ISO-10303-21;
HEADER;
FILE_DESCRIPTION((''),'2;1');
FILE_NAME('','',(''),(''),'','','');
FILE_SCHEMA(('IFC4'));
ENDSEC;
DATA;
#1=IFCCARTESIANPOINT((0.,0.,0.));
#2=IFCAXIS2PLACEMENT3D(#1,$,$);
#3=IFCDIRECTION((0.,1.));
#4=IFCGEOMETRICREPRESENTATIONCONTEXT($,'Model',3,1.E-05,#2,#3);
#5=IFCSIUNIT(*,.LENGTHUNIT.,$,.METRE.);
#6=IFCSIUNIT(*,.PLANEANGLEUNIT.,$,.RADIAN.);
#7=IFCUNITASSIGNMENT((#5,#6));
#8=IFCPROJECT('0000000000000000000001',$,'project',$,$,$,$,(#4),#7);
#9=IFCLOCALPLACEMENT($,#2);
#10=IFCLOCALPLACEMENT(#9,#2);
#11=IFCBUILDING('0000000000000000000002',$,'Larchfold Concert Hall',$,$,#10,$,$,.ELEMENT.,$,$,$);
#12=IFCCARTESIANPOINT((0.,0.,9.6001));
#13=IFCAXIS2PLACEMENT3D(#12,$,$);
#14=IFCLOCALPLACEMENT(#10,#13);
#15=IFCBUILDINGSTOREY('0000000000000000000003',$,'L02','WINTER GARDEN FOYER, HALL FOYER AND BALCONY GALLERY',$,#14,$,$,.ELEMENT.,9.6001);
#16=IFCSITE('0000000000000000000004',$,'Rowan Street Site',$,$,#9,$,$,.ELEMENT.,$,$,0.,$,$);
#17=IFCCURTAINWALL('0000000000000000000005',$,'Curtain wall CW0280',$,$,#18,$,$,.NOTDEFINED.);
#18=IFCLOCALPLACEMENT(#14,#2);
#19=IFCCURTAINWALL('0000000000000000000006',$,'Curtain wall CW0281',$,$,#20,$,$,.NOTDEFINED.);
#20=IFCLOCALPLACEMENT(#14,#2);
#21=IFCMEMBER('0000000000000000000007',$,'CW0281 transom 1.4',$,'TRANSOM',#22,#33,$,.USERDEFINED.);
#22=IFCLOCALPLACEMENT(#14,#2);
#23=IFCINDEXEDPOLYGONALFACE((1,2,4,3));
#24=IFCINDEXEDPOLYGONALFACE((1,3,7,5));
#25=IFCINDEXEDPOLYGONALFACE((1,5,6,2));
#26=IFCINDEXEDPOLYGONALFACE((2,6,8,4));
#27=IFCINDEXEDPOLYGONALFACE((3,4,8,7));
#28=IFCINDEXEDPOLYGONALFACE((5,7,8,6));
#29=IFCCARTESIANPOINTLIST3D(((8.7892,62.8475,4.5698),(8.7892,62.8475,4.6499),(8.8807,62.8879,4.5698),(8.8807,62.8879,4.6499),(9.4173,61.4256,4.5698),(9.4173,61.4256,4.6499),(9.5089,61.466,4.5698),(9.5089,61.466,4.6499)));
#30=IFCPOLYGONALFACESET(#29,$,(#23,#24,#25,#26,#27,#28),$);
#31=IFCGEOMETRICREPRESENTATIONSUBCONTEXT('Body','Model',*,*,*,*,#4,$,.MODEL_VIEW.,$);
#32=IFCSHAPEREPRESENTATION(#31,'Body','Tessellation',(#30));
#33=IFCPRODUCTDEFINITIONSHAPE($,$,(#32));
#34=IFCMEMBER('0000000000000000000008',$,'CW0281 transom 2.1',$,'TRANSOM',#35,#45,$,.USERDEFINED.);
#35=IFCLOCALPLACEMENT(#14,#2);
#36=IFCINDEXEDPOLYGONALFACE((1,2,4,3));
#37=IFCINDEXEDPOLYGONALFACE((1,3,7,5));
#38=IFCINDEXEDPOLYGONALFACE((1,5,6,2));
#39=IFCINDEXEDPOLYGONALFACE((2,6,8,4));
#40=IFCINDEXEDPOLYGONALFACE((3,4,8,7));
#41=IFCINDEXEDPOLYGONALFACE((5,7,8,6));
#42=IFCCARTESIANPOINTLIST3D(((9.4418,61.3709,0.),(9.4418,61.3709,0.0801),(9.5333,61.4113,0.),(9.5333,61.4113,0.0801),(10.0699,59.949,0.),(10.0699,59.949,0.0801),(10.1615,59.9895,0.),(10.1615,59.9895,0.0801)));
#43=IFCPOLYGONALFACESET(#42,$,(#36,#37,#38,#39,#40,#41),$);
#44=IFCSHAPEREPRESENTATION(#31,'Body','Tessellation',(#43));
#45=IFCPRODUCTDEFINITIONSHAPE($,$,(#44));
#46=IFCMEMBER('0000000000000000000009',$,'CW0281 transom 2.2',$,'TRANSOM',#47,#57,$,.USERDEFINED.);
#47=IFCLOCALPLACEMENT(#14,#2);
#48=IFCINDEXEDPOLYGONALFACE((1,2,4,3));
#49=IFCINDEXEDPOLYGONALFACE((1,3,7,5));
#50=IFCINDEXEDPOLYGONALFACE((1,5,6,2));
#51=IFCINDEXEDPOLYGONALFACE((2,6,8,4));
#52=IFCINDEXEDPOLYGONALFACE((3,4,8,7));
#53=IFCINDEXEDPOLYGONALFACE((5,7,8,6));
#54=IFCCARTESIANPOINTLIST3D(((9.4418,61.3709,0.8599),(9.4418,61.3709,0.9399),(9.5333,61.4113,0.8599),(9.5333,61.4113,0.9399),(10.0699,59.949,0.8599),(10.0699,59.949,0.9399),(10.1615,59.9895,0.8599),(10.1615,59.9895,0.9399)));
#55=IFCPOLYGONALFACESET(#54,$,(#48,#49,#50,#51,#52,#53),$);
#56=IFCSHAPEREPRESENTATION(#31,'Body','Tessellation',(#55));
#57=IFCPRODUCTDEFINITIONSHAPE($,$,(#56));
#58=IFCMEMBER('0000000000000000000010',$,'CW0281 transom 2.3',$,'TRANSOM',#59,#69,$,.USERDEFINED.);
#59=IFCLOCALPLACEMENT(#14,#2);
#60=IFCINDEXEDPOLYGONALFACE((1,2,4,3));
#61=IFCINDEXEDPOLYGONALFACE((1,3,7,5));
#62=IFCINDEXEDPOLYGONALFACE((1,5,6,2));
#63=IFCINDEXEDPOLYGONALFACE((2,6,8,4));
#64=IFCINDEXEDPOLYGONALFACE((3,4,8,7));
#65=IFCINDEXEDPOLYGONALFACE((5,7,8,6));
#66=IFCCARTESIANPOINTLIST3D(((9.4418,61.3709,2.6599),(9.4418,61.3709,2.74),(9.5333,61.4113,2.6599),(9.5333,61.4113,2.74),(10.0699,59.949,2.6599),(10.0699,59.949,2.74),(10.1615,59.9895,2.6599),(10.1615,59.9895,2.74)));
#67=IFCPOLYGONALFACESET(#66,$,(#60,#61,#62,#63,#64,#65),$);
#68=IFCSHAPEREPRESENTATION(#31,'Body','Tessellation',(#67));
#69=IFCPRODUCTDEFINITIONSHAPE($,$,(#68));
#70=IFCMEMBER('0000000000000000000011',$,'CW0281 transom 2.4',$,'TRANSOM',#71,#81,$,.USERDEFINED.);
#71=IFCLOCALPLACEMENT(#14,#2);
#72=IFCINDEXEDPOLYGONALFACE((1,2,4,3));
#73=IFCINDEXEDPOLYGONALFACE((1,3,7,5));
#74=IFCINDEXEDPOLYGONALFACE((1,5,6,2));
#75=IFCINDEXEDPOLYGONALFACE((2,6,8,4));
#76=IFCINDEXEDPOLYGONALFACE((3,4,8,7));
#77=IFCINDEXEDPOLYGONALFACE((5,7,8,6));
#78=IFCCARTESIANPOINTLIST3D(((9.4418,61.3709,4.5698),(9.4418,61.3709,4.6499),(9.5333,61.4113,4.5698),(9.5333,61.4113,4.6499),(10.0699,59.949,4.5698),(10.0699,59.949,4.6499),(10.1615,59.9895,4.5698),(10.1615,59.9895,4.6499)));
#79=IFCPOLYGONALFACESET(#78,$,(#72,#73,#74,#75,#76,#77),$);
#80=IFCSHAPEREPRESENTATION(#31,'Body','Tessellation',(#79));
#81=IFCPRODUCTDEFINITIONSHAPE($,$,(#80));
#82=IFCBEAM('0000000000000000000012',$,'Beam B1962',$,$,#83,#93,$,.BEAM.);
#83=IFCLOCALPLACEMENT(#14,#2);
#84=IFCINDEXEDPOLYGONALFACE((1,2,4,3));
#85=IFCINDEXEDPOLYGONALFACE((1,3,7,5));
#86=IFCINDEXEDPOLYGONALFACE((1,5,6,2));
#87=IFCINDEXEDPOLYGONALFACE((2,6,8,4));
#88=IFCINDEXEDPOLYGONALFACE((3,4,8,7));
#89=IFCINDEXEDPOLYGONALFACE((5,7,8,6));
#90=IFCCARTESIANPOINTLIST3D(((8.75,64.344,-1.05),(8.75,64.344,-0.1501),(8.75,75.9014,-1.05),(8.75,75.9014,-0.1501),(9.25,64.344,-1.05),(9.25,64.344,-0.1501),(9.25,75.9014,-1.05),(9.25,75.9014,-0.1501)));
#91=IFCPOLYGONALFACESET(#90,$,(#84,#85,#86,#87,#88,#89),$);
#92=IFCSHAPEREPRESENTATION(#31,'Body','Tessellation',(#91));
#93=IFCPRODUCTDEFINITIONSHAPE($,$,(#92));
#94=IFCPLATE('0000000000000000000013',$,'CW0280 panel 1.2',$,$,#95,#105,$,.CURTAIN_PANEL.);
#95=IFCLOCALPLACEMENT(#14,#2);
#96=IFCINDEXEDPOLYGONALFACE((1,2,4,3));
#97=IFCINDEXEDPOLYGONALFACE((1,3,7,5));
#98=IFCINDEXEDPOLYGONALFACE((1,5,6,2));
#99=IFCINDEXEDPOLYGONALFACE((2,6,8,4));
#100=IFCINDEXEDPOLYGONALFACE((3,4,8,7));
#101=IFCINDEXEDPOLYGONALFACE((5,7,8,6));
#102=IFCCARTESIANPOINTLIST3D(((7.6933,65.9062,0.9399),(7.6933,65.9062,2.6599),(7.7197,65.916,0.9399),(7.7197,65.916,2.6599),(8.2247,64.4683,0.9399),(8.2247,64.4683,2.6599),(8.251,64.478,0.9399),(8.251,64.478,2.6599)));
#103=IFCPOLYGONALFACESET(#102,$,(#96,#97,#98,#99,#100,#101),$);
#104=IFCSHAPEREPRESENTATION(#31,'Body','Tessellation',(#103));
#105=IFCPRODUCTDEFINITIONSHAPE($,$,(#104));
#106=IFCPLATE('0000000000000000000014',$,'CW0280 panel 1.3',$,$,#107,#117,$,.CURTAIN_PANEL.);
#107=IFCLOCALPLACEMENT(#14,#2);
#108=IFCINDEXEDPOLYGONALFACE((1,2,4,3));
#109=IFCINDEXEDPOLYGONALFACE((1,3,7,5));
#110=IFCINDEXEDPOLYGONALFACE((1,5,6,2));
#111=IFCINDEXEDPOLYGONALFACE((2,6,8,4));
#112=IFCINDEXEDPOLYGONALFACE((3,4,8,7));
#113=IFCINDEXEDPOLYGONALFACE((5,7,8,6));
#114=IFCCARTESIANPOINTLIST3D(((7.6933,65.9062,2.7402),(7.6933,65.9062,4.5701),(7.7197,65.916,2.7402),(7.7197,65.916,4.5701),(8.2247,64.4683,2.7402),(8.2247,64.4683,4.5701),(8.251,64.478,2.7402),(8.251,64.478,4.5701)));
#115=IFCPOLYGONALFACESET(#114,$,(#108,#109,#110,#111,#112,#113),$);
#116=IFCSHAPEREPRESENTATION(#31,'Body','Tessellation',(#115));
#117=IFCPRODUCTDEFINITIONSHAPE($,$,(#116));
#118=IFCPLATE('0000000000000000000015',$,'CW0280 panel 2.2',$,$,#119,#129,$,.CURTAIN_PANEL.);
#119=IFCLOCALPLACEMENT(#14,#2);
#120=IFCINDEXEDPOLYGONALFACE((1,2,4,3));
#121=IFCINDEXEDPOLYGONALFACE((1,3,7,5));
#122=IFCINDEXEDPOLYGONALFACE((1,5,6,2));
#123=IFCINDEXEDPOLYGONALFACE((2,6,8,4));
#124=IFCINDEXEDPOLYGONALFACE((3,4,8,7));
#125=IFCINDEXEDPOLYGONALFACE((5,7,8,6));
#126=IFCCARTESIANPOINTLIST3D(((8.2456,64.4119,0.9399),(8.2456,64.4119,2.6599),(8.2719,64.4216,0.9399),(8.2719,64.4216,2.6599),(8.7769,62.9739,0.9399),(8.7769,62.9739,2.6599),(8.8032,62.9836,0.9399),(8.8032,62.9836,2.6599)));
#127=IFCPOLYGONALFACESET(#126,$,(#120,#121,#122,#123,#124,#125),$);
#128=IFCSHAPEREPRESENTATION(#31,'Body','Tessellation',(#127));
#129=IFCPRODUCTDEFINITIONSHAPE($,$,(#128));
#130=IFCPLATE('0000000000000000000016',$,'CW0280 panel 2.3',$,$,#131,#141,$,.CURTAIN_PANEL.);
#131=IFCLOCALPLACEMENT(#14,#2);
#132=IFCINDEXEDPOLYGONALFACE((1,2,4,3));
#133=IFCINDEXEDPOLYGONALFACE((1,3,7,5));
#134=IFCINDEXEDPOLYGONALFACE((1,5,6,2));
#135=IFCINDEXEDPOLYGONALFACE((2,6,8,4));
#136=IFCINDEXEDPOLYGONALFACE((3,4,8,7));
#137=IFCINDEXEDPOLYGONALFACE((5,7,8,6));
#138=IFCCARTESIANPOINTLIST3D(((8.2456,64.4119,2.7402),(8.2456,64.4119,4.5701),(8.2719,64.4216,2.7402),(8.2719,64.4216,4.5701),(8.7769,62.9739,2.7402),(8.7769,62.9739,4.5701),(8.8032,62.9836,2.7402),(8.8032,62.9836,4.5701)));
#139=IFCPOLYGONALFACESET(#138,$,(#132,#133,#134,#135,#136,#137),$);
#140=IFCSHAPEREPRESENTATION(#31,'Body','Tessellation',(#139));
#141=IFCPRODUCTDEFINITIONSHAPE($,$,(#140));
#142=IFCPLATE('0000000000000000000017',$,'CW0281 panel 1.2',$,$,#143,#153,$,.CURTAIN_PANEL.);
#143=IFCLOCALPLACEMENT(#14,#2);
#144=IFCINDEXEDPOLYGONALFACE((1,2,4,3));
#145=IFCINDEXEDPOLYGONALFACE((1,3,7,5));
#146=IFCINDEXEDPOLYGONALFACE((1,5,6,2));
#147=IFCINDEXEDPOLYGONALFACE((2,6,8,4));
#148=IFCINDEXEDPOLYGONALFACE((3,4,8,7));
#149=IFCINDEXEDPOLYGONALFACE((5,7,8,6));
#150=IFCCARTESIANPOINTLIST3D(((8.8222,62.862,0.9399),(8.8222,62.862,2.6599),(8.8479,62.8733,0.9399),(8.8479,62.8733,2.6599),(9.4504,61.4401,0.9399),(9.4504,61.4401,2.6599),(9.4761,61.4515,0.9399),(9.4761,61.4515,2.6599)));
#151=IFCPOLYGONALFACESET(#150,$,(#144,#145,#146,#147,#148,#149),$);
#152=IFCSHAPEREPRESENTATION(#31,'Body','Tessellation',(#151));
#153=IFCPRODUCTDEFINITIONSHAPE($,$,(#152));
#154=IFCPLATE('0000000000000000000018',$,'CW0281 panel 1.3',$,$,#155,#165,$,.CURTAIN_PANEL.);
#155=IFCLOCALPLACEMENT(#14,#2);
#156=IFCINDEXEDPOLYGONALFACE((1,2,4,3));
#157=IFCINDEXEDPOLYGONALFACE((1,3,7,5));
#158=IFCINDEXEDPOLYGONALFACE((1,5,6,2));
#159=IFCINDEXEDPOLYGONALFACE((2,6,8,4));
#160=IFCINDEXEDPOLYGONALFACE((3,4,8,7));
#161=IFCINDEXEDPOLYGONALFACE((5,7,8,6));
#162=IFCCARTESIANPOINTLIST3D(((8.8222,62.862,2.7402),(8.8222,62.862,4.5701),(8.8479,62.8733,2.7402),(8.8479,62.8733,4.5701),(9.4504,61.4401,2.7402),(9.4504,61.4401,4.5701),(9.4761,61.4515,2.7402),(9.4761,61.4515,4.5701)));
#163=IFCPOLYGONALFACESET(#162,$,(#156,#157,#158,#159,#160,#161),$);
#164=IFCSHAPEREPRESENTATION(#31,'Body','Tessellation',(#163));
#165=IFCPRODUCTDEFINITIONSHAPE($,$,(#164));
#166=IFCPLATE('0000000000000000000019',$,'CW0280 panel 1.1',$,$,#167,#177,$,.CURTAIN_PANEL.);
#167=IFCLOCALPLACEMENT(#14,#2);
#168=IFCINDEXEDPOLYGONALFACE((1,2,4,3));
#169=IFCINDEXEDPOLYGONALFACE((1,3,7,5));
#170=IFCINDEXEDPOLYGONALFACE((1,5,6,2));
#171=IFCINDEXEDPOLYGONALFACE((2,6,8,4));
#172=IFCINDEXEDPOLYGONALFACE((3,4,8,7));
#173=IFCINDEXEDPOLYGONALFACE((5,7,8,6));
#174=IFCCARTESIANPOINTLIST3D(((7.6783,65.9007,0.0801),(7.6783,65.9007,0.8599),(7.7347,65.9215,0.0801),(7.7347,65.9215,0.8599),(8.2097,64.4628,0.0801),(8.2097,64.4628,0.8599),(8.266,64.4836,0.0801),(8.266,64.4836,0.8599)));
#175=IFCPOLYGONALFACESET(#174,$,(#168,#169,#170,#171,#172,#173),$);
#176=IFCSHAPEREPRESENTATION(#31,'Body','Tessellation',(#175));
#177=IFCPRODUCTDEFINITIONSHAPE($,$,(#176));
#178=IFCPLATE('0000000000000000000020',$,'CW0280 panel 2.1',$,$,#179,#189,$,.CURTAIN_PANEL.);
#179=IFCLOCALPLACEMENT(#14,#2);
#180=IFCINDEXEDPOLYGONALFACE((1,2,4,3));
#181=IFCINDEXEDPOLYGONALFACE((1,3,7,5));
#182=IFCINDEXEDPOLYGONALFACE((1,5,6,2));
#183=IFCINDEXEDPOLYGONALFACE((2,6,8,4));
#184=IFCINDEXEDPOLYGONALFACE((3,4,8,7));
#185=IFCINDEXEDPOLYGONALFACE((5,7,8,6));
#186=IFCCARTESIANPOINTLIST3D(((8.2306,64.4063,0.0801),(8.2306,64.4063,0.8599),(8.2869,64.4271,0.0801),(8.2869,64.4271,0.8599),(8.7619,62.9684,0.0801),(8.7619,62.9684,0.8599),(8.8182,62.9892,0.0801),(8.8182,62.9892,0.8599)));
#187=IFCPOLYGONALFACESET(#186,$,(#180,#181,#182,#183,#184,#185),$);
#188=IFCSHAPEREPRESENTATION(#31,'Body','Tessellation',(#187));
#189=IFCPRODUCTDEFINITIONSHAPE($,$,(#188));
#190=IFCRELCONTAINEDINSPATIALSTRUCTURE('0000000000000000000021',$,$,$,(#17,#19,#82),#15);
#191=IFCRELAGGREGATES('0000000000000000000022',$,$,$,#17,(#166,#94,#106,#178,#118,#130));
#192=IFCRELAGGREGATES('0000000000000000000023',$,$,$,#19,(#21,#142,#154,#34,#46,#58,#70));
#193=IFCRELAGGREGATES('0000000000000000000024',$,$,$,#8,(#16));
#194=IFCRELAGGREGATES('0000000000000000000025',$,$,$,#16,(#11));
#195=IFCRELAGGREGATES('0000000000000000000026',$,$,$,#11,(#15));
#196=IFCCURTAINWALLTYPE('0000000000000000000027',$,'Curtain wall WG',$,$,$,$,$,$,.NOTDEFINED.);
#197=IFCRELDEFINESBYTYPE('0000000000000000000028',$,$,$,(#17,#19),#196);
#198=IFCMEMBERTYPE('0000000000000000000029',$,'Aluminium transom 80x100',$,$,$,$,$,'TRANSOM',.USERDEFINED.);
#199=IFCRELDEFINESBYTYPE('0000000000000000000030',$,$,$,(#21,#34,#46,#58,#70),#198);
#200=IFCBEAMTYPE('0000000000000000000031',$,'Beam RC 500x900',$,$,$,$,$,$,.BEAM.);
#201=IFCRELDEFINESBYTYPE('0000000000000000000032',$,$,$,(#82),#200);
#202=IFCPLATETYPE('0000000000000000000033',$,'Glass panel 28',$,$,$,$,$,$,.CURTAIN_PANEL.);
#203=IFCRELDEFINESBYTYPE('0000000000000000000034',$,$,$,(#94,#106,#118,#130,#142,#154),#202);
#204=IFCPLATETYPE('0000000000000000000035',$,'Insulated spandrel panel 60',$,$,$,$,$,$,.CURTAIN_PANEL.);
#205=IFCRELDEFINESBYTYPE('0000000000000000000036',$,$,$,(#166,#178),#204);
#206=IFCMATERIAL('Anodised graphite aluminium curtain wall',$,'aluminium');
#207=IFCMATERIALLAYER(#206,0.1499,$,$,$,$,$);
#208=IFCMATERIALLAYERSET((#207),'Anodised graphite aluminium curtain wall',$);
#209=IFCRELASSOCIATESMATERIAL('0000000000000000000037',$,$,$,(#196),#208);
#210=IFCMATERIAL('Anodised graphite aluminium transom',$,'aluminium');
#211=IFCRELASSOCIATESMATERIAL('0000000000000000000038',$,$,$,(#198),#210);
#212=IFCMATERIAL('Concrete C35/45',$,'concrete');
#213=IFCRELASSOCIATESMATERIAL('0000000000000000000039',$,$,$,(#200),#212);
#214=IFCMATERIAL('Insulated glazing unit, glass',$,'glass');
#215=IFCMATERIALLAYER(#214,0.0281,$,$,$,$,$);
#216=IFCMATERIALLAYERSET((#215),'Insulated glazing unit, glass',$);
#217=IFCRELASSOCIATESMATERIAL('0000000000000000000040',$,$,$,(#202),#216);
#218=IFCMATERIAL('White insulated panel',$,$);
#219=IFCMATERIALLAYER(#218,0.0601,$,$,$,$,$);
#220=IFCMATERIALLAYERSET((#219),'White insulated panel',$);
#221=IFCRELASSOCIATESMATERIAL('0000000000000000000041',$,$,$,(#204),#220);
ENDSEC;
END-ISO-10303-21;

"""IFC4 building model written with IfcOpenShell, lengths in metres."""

from ifc_helpers import new_model, si_unit, direction, frame, origin, origin_2d, place, context, subcontext, project, spatial, rectangle, extrude, material, layer, layer_set, material_profile, profile_set, type_object, element, aggregate, save


model = new_model("IFC4")

# Units and contexts
model_context = context("Model", 3, precision=1e-05, world=origin(), true_north=direction((0.0, 1.0)))
body_context = subcontext(model_context, "Body", "Model", "MODEL_VIEW")
ifc_project = project(units=[si_unit("LENGTHUNIT", "METRE"), si_unit("PLANEANGLEUNIT", "RADIAN")], contexts=[model_context])

# Site, building, storey
site_placement = place(None, origin())
site = spatial("IfcSite", under=ifc_project, at=site_placement, Name="Rowan Street Site", CompositionType="ELEMENT", RefElevation=0.0)
building_placement = place(site_placement, origin())
building = spatial("IfcBuilding", under=site, at=building_placement, Name="Larchfold Concert Hall", CompositionType="ELEMENT")
storey_placement = place(building_placement, frame((0.0, 0.0, 9.6001)))
storey = spatial("IfcBuildingStorey", under=building, at=storey_placement, Name="L02", Description="WINTER GARDEN FOYER, HALL FOYER AND BALCONY GALLERY", CompositionType="ELEMENT", Elevation=9.6001)

# Curtain walls
ifc_material_1 = material(Name="Anodised graphite aluminium curtain wall", Category="aluminium")
ifc_layer_1 = layer(ifc_material_1, 0.1499)
ifc_layer_set_1 = layer_set([ifc_layer_1], Name="Anodised graphite aluminium curtain wall")
curtain_wall_type = type_object("IfcCurtainWallType", Name="Curtain wall WG", PredefinedType="NOTDEFINED", material=ifc_layer_set_1)
curtain_wall_1_placement = place(storey_placement, origin())
curtain_wall_1 = element("IfcCurtainWall", 1, at=curtain_wall_1_placement, inside=storey, type_object=curtain_wall_type, Name="Curtain wall CW0280", PredefinedType="NOTDEFINED")
curtain_wall_2_placement = place(storey_placement, origin())
curtain_wall_2 = element("IfcCurtainWall", 2, at=curtain_wall_2_placement, inside=storey, type_object=curtain_wall_type, Name="Curtain wall CW0281", PredefinedType="NOTDEFINED")
ifc_material_2 = material(Name="Anodised graphite aluminium transom", Category="aluminium")
ifc_material_profile_1 = material_profile(ifc_material_2, rectangle(XDim=0.1001, YDim=0.0801, at=origin_2d()))
ifc_profile_set_1 = profile_set([ifc_material_profile_1], Name="Anodised graphite aluminium transom")
member_type_1 = type_object("IfcMemberType", Name="Aluminium transom 80x100", ElementType="TRANSOM", PredefinedType="USERDEFINED", material=ifc_profile_set_1)

# Members
member_1_placement = place(storey_placement, frame((8.835, 62.8677, 4.6099), z_axis=(0.404112, -0.91471, 0.0), x_axis=(0.91471, 0.404112, 0.0)))
member_1 = element("IfcMember", 3, at=member_1_placement, type_object=member_type_1, Name="CW0281 transom 1.4", ObjectType="TRANSOM", PredefinedType="USERDEFINED", context=body_context, shape_type="SweptSolid", body=[
    extrude(rectangle(XDim=0.1001, YDim=0.0801, at=origin_2d()), origin(), (0.0, 0.0, 1.0), 1.5544),
])
member_2_placement = place(storey_placement, frame((9.4875, 61.3911, 0.04), z_axis=(0.404112, -0.91471, 0.0), x_axis=(0.91471, 0.404112, 0.0)))
member_2 = element("IfcMember", 4, at=member_2_placement, type_object=member_type_1, Name="CW0281 transom 2.1", ObjectType="TRANSOM", PredefinedType="USERDEFINED", context=body_context, shape_type="SweptSolid", body=[
    extrude(rectangle(XDim=0.1001, YDim=0.0801, at=origin_2d()), origin(), (0.0, 0.0, 1.0), 1.5544),
])
member_3_placement = place(storey_placement, frame((9.4875, 61.3911, 0.8999), z_axis=(0.404112, -0.91471, 0.0), x_axis=(0.91471, 0.404112, 0.0)))
member_3 = element("IfcMember", 5, at=member_3_placement, type_object=member_type_1, Name="CW0281 transom 2.2", ObjectType="TRANSOM", PredefinedType="USERDEFINED", context=body_context, shape_type="SweptSolid", body=[
    extrude(rectangle(XDim=0.1001, YDim=0.0801, at=origin_2d()), origin(), (0.0, 0.0, 1.0), 1.5544),
])
member_4_placement = place(storey_placement, frame((9.4875, 61.3911, 2.7), z_axis=(0.404112, -0.91471, 0.0), x_axis=(0.91471, 0.404112, 0.0)))
member_4 = element("IfcMember", 6, at=member_4_placement, type_object=member_type_1, Name="CW0281 transom 2.3", ObjectType="TRANSOM", PredefinedType="USERDEFINED", context=body_context, shape_type="SweptSolid", body=[
    extrude(rectangle(XDim=0.1001, YDim=0.0801, at=origin_2d()), origin(), (0.0, 0.0, 1.0), 1.5544),
])
member_5_placement = place(storey_placement, frame((9.4875, 61.3911, 4.6099), z_axis=(0.404112, -0.91471, 0.0), x_axis=(0.91471, 0.404112, 0.0)))
member_5 = element("IfcMember", 7, at=member_5_placement, type_object=member_type_1, Name="CW0281 transom 2.4", ObjectType="TRANSOM", PredefinedType="USERDEFINED", context=body_context, shape_type="SweptSolid", body=[
    extrude(rectangle(XDim=0.1001, YDim=0.0801, at=origin_2d()), origin(), (0.0, 0.0, 1.0), 1.5544),
])

# Beam
ifc_material_3 = material(Name="Concrete C35/45", Category="concrete")
ifc_material_profile_2 = material_profile(ifc_material_3, rectangle(XDim=0.5, YDim=0.8999, at=origin_2d()))
ifc_profile_set_2 = profile_set([ifc_material_profile_2], Name="Concrete C35/45")
beam_type = type_object("IfcBeamType", Name="Beam RC 500x900", PredefinedType="BEAM", material=ifc_profile_set_2)
beam_placement = place(storey_placement, frame((9.0, 64.344, -0.6001), z_axis=(0.0, 1.0, 0.0), x_axis=(-1.0, 0.0, 0.0)))
element("IfcBeam", 8, at=beam_placement, inside=storey, type_object=beam_type, Name="Beam B1962", PredefinedType="BEAM", context=body_context, shape_type="SweptSolid", body=[
    extrude(rectangle(XDim=0.5, YDim=0.8999, at=origin_2d()), origin(), (0.0, 0.0, 1.0), 11.5574),
])

# Plates
ifc_material_4 = material(Name="Insulated glazing unit, glass", Category="glass")
ifc_layer_2 = layer(ifc_material_4, 0.0281)
ifc_layer_set_2 = layer_set([ifc_layer_2], Name="Insulated glazing unit, glass")
plate_type_1 = type_object("IfcPlateType", Name="Glass panel 28", PredefinedType="CURTAIN_PANEL", material=ifc_layer_set_2)
plate_1_placement = place(storey_placement, frame((7.9722, 65.1921, 0.9399), z_axis=(0.0, 0.0, 1.0), x_axis=(0.346594, -0.938015, 0.0)))
plate_1 = element("IfcPlate", 9, at=plate_1_placement, type_object=plate_type_1, Name="CW0280 panel 1.2", PredefinedType="CURTAIN_PANEL", context=body_context, shape_type="SweptSolid", body=[
    extrude(rectangle(XDim=1.533, YDim=0.0281, at=origin_2d()), origin(), (0.0, 0.0, 1.0), 1.72),
])
plate_2_placement = place(storey_placement, frame((7.9722, 65.1921, 2.7402), z_axis=(0.0, 0.0, 1.0), x_axis=(0.346594, -0.938015, 0.0)))
plate_2 = element("IfcPlate", 10, at=plate_2_placement, type_object=plate_type_1, Name="CW0280 panel 1.3", PredefinedType="CURTAIN_PANEL", context=body_context, shape_type="SweptSolid", body=[
    extrude(rectangle(XDim=1.533, YDim=0.0281, at=origin_2d()), origin(), (0.0, 0.0, 1.0), 1.8298),
])
plate_3_placement = place(storey_placement, frame((8.5244, 63.6978, 0.9399), z_axis=(0.0, 0.0, 1.0), x_axis=(0.346594, -0.938015, 0.0)))
plate_3 = element("IfcPlate", 11, at=plate_3_placement, type_object=plate_type_1, Name="CW0280 panel 2.2", PredefinedType="CURTAIN_PANEL", context=body_context, shape_type="SweptSolid", body=[
    extrude(rectangle(XDim=1.533, YDim=0.0281, at=origin_2d()), origin(), (0.0, 0.0, 1.0), 1.72),
])
plate_4_placement = place(storey_placement, frame((8.5244, 63.6978, 2.7402), z_axis=(0.0, 0.0, 1.0), x_axis=(0.346594, -0.938015, 0.0)))
plate_4 = element("IfcPlate", 12, at=plate_4_placement, type_object=plate_type_1, Name="CW0280 panel 2.3", PredefinedType="CURTAIN_PANEL", context=body_context, shape_type="SweptSolid", body=[
    extrude(rectangle(XDim=1.533, YDim=0.0281, at=origin_2d()), origin(), (0.0, 0.0, 1.0), 1.8298),
])
plate_5_placement = place(storey_placement, frame((9.1492, 62.1567, 0.9399), z_axis=(0.0, 0.0, 1.0), x_axis=(0.404126, -0.914703, 0.0)))
plate_5 = element("IfcPlate", 13, at=plate_5_placement, type_object=plate_type_1, Name="CW0281 panel 1.2", PredefinedType="CURTAIN_PANEL", context=body_context, shape_type="SweptSolid", body=[
    extrude(rectangle(XDim=1.5544, YDim=0.0281, at=origin_2d()), origin(), (0.0, 0.0, 1.0), 1.72),
])
plate_6_placement = place(storey_placement, frame((9.1492, 62.1567, 2.7402), z_axis=(0.0, 0.0, 1.0), x_axis=(0.404126, -0.914703, 0.0)))
plate_6 = element("IfcPlate", 14, at=plate_6_placement, type_object=plate_type_1, Name="CW0281 panel 1.3", PredefinedType="CURTAIN_PANEL", context=body_context, shape_type="SweptSolid", body=[
    extrude(rectangle(XDim=1.5544, YDim=0.0281, at=origin_2d()), origin(), (0.0, 0.0, 1.0), 1.8298),
])
ifc_material_5 = material(Name="White insulated panel")
ifc_layer_3 = layer(ifc_material_5, 0.0601)
ifc_layer_set_3 = layer_set([ifc_layer_3], Name="White insulated panel")
plate_type_2 = type_object("IfcPlateType", Name="Insulated spandrel panel 60", PredefinedType="CURTAIN_PANEL", material=ifc_layer_set_3)
plate_7_placement = place(storey_placement, frame((7.9722, 65.1921, 0.0801), z_axis=(0.0, 0.0, 1.0), x_axis=(0.346594, -0.938015, 0.0)))
plate_7 = element("IfcPlate", 15, at=plate_7_placement, type_object=plate_type_2, Name="CW0280 panel 1.1", PredefinedType="CURTAIN_PANEL", context=body_context, shape_type="SweptSolid", body=[
    extrude(rectangle(XDim=1.533, YDim=0.0601, at=origin_2d()), origin(), (0.0, 0.0, 1.0), 0.7798),
])
plate_8_placement = place(storey_placement, frame((8.5244, 63.6978, 0.0801), z_axis=(0.0, 0.0, 1.0), x_axis=(0.346594, -0.938015, 0.0)))
plate_8 = element("IfcPlate", 16, at=plate_8_placement, type_object=plate_type_2, Name="CW0280 panel 2.1", PredefinedType="CURTAIN_PANEL", context=body_context, shape_type="SweptSolid", body=[
    extrude(rectangle(XDim=1.533, YDim=0.0601, at=origin_2d()), origin(), (0.0, 0.0, 1.0), 0.7798),
])
aggregate(curtain_wall_1, [plate_7, plate_1, plate_2, plate_8, plate_3, plate_4])
aggregate(curtain_wall_2, [member_1, plate_5, plate_6, member_2, member_3, member_4, member_5])

save(model, "model.ifc")
